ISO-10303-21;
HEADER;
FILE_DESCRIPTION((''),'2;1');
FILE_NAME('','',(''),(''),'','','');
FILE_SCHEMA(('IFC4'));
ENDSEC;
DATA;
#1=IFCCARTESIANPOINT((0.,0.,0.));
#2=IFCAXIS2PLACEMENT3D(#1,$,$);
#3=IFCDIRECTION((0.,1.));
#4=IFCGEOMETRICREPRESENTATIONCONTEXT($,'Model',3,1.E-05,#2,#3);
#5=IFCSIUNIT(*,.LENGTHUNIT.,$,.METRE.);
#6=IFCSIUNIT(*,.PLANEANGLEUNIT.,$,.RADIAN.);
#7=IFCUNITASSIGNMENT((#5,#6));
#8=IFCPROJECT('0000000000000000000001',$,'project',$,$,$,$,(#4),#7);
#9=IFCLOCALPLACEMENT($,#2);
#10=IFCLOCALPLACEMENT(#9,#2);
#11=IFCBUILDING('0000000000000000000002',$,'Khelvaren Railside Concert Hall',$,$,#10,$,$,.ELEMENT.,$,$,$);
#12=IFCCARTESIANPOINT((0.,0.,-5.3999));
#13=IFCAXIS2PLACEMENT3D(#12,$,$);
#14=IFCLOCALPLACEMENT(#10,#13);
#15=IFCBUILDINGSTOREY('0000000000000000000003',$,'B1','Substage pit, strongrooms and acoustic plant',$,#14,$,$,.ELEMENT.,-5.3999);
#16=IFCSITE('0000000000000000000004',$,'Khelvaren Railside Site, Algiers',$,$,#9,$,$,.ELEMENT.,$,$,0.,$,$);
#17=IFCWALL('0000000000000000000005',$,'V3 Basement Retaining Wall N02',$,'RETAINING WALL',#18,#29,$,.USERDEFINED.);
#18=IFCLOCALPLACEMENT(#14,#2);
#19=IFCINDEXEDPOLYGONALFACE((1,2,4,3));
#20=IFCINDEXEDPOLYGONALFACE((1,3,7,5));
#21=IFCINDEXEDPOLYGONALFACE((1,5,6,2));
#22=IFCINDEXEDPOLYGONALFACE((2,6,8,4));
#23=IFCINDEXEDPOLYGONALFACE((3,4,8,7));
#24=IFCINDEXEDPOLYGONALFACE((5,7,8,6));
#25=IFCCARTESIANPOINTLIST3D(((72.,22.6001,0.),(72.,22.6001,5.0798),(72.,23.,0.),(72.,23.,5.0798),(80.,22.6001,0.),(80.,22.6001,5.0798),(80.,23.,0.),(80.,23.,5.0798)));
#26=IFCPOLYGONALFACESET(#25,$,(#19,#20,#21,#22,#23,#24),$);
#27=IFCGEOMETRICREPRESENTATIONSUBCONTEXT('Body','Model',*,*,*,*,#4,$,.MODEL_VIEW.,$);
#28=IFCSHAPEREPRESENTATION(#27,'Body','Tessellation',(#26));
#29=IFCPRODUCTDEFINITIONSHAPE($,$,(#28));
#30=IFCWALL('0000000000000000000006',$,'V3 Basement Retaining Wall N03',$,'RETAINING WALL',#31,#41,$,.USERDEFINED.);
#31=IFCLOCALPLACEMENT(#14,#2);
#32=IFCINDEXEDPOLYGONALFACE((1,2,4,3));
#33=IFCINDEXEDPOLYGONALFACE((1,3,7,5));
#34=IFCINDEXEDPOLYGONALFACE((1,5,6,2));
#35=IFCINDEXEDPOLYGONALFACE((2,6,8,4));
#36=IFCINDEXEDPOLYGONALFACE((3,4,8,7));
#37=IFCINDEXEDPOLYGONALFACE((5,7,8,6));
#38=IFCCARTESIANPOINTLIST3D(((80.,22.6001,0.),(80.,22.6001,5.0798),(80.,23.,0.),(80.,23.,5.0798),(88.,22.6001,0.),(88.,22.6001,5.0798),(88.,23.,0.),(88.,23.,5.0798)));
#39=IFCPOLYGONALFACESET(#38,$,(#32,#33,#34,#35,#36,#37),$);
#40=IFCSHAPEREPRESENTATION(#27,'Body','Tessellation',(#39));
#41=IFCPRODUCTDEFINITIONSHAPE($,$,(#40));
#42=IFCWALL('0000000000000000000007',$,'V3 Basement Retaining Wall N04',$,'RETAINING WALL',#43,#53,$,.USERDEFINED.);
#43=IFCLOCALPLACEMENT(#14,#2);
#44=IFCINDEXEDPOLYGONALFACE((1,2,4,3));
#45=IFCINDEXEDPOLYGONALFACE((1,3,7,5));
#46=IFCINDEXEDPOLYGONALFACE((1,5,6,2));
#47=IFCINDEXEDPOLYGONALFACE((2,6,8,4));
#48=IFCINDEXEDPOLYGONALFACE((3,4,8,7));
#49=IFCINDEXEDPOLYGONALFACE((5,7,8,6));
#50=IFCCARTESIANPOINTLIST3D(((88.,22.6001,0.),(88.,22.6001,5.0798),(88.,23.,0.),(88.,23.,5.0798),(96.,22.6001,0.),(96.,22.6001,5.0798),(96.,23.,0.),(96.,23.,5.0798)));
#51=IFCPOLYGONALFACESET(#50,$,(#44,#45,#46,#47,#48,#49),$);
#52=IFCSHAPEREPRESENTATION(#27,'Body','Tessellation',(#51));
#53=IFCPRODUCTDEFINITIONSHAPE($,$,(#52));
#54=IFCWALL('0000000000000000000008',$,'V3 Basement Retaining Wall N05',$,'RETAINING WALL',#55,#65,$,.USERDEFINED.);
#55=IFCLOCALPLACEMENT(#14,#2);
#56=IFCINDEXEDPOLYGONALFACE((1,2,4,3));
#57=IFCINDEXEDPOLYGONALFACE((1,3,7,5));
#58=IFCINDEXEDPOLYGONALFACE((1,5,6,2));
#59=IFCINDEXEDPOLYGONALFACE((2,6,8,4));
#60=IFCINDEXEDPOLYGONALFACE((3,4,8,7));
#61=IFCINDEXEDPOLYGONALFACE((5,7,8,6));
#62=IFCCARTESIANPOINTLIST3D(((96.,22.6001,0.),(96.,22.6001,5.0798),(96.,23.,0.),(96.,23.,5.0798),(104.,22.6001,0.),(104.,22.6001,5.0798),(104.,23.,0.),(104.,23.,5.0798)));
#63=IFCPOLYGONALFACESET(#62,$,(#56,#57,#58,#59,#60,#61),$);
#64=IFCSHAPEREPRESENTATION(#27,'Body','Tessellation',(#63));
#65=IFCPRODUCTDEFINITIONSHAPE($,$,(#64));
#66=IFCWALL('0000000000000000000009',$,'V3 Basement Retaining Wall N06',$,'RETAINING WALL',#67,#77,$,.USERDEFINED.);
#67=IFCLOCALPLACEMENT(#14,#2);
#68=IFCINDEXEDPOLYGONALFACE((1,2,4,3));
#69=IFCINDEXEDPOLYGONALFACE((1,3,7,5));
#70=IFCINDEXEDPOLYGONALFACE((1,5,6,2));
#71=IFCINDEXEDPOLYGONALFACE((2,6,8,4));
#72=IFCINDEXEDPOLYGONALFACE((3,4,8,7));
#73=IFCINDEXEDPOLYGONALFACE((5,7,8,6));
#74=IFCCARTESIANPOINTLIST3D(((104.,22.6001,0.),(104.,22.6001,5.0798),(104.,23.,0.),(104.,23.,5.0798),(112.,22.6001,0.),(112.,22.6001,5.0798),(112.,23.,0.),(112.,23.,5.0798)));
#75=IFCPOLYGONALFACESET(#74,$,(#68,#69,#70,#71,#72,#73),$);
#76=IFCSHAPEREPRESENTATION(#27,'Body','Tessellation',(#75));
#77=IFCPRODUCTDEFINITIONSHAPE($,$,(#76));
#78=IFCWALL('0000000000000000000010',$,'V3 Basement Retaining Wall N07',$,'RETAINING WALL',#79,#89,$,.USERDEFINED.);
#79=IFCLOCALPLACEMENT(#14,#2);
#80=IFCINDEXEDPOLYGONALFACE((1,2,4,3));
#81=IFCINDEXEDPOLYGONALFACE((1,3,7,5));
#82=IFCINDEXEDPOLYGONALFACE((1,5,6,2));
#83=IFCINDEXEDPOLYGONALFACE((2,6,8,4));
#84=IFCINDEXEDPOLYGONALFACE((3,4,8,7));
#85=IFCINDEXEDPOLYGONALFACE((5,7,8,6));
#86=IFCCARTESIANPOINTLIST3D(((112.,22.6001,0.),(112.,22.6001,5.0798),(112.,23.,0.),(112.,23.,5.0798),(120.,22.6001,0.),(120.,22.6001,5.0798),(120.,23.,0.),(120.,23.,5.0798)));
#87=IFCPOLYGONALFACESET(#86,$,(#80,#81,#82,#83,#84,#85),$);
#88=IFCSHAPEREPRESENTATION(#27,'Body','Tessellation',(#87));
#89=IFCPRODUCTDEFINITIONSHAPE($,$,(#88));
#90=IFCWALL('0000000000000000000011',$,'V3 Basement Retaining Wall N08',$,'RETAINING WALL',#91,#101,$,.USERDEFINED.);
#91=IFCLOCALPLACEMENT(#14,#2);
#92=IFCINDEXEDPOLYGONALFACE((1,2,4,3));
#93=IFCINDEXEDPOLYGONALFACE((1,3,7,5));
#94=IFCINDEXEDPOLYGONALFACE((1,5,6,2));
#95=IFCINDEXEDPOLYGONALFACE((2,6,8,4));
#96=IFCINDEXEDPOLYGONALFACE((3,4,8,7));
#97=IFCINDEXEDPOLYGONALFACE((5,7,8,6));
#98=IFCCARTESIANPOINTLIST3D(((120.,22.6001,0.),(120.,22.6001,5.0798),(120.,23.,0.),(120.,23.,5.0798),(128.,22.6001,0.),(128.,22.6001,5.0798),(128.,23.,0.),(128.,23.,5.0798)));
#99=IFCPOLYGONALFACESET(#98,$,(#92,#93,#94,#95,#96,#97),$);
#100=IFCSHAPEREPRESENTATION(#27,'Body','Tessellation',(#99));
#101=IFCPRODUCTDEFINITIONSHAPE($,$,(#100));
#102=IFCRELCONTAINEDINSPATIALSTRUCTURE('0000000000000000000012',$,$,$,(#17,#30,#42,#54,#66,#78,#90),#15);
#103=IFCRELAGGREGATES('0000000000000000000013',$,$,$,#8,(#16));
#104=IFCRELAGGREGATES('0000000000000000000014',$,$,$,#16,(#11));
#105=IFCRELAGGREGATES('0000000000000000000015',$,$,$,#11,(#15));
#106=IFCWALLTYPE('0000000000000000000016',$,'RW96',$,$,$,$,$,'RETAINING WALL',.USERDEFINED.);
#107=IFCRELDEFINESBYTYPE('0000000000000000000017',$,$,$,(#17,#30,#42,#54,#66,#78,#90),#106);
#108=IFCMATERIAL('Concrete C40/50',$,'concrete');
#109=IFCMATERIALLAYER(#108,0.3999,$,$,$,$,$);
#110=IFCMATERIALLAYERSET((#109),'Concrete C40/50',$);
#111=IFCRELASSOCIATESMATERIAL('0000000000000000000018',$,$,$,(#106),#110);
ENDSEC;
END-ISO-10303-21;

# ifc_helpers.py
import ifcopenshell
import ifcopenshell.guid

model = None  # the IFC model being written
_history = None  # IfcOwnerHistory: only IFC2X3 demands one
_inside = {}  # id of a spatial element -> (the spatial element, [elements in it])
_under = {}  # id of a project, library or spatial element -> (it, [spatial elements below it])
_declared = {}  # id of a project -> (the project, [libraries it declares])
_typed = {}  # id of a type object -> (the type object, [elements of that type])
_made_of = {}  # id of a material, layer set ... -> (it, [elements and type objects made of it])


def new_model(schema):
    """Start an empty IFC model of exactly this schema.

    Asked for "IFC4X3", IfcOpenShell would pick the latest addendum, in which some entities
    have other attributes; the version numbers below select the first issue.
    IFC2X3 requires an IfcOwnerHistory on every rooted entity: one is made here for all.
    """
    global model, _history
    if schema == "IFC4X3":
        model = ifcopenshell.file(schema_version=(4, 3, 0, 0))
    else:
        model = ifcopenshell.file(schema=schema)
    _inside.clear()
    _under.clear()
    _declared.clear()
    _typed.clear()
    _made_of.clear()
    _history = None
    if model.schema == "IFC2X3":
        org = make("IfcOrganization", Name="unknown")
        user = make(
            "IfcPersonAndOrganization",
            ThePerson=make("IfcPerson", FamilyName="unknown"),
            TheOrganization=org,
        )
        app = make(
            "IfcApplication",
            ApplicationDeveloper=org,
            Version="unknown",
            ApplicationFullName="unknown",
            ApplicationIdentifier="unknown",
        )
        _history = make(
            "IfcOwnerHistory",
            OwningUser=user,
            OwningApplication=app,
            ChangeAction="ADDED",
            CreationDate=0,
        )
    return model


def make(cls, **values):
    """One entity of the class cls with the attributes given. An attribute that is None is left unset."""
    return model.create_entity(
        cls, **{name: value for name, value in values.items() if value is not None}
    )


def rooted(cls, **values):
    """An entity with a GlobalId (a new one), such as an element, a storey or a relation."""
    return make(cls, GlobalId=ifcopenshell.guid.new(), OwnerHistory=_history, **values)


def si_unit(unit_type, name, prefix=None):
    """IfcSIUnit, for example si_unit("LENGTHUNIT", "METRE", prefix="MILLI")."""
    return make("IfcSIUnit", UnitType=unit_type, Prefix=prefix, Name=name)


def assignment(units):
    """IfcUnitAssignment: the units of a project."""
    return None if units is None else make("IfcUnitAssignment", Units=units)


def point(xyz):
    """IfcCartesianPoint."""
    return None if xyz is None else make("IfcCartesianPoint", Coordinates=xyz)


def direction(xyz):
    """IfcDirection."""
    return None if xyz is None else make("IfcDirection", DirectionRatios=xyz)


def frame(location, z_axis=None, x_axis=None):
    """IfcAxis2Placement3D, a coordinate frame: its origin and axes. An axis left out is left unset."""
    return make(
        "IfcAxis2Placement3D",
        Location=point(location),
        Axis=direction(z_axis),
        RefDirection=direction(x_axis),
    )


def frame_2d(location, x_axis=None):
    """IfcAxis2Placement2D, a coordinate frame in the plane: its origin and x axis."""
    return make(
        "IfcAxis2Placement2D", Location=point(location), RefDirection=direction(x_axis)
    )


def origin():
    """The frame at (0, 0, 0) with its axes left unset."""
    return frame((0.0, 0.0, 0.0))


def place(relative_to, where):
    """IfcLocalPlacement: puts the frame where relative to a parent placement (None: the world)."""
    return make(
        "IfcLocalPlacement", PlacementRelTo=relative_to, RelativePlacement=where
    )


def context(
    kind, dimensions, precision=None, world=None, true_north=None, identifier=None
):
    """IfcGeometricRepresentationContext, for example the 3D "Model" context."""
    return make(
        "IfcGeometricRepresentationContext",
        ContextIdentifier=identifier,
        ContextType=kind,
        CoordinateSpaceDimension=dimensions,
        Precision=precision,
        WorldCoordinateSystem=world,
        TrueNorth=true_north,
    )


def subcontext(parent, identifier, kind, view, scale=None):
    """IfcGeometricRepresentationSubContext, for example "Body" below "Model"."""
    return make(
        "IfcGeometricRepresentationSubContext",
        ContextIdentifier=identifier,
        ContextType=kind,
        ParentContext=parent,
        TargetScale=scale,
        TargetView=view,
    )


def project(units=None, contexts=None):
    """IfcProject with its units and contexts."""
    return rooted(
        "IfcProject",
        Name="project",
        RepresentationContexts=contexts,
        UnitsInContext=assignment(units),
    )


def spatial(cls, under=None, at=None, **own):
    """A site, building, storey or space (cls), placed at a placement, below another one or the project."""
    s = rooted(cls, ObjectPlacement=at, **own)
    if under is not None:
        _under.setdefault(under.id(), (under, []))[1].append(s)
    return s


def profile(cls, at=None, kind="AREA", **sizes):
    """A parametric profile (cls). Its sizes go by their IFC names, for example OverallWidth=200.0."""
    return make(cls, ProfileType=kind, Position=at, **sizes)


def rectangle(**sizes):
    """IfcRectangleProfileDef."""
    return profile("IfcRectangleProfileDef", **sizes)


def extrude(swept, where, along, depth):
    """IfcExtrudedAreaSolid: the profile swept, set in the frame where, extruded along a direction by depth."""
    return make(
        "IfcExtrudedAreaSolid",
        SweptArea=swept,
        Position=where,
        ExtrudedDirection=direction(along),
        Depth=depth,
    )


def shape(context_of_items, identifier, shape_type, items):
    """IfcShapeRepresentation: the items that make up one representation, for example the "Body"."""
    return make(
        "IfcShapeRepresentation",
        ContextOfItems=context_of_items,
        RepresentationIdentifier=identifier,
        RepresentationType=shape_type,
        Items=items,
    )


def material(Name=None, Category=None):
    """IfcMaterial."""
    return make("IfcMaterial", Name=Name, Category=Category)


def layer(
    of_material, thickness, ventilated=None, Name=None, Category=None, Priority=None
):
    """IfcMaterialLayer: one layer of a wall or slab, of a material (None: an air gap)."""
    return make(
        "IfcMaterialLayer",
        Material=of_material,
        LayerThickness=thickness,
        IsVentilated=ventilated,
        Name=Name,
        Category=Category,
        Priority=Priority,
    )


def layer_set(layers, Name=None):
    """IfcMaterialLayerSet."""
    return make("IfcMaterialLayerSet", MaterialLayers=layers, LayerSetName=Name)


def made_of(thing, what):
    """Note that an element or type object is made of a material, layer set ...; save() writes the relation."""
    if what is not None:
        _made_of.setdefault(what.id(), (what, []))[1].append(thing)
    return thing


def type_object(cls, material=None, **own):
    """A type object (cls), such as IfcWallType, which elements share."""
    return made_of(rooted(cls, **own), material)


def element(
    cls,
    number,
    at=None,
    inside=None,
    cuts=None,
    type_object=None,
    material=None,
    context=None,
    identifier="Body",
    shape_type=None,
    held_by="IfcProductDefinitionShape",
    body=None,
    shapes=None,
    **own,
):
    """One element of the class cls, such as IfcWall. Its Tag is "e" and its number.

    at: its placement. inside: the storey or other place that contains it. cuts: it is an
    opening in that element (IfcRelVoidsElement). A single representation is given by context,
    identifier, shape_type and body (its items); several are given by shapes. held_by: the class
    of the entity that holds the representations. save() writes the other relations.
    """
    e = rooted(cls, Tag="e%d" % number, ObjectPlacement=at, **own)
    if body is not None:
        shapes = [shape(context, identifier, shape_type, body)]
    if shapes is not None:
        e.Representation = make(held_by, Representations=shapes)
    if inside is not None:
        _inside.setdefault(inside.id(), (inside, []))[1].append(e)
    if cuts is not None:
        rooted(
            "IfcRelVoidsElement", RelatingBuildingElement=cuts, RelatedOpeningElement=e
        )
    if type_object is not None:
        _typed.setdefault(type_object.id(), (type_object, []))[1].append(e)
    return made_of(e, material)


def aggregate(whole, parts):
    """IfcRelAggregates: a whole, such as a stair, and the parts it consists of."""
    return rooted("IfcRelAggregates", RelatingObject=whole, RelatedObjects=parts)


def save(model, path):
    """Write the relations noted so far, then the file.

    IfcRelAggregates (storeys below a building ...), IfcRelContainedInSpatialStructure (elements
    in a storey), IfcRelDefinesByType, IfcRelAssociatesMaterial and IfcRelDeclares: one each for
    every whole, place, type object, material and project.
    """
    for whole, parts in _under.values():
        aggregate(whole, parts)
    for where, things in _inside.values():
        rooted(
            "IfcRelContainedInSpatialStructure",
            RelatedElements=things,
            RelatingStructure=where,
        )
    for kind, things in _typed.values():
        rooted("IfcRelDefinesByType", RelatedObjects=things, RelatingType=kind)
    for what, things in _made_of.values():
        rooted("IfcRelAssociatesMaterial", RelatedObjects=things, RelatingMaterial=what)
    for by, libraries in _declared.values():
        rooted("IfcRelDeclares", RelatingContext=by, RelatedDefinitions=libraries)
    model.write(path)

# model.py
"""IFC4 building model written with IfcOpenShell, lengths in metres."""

from ifc_helpers import new_model, si_unit, direction, frame, frame_2d, origin, place, context, subcontext, project, spatial, rectangle, extrude, material, layer, layer_set, type_object, element, save


model = new_model("IFC4")

# Units and contexts
model_context = context("Model", 3, precision=1e-05, world=origin(), true_north=direction((0.0, 1.0)))
body_context = subcontext(model_context, "Body", "Model", "MODEL_VIEW")
ifc_project = project(units=[si_unit("LENGTHUNIT", "METRE"), si_unit("PLANEANGLEUNIT", "RADIAN")], contexts=[model_context])

# Site, building, storey
site_placement = place(None, origin())
site = spatial("IfcSite", under=ifc_project, at=site_placement, Name="Khelvaren Railside Site, Algiers", CompositionType="ELEMENT", RefElevation=0.0)
building_placement = place(site_placement, origin())
building = spatial("IfcBuilding", under=site, at=building_placement, Name="Khelvaren Railside Concert Hall", CompositionType="ELEMENT")
storey_placement = place(building_placement, frame((0.0, 0.0, -5.3999)))
storey = spatial("IfcBuildingStorey", under=building, at=storey_placement, Name="B1", Description="Substage pit, strongrooms and acoustic plant", CompositionType="ELEMENT", Elevation=-5.3999)

# Walls
ifc_material_1 = material(Name="Concrete C40/50", Category="concrete")
ifc_layer = layer(ifc_material_1, 0.3999)
ifc_layer_set = layer_set([ifc_layer], Name="Concrete C40/50")
wall_type = type_object("IfcWallType", Name="RW96", ElementType="RETAINING WALL", PredefinedType="USERDEFINED", material=ifc_layer_set)
for number, where, z_axis, x_axis, name in (
    (1, (80.0, 22.8, 0.0), (0.0, 0.0, 1.0), (-1.0, 0.0, 0.0), "V3 Basement Retaining Wall N02"),
    (2, (88.0, 22.8, 0.0), (0.0, 0.0, 1.0), (-1.0, 0.0, 0.0), "V3 Basement Retaining Wall N03"),
    (3, (96.0, 22.8, 0.0), (0.0, 0.0, 1.0), (-1.0, 0.0, 0.0), "V3 Basement Retaining Wall N04"),
    (4, (104.0, 22.8, 0.0), (0.0, 0.0, 1.0), (-1.0, 0.0, 0.0), "V3 Basement Retaining Wall N05"),
    (5, (112.0, 22.8, 0.0), (0.0, 0.0, 1.0), (-1.0, 0.0, 0.0), "V3 Basement Retaining Wall N06"),
    (6, (120.0, 22.8, 0.0), (0.0, 0.0, 1.0), (-1.0, 0.0, 0.0), "V3 Basement Retaining Wall N07"),
    (7, (128.0, 22.8, 0.0), (0.0, 0.0, 1.0), (-1.0, 0.0, 0.0), "V3 Basement Retaining Wall N08"),
):
    element("IfcWall", number, at=place(storey_placement, frame(where, z_axis=z_axis, x_axis=x_axis)), inside=storey, type_object=wall_type, Name=name, ObjectType="RETAINING WALL", PredefinedType="USERDEFINED", context=body_context, shape_type="SweptSolid", body=[
        extrude(rectangle(XDim=8.0, YDim=0.3999, at=frame_2d((4.0, 0.0))), origin(), (0.0, 0.0, 1.0), 5.0798),
    ])

save(model, "model.ifc")
